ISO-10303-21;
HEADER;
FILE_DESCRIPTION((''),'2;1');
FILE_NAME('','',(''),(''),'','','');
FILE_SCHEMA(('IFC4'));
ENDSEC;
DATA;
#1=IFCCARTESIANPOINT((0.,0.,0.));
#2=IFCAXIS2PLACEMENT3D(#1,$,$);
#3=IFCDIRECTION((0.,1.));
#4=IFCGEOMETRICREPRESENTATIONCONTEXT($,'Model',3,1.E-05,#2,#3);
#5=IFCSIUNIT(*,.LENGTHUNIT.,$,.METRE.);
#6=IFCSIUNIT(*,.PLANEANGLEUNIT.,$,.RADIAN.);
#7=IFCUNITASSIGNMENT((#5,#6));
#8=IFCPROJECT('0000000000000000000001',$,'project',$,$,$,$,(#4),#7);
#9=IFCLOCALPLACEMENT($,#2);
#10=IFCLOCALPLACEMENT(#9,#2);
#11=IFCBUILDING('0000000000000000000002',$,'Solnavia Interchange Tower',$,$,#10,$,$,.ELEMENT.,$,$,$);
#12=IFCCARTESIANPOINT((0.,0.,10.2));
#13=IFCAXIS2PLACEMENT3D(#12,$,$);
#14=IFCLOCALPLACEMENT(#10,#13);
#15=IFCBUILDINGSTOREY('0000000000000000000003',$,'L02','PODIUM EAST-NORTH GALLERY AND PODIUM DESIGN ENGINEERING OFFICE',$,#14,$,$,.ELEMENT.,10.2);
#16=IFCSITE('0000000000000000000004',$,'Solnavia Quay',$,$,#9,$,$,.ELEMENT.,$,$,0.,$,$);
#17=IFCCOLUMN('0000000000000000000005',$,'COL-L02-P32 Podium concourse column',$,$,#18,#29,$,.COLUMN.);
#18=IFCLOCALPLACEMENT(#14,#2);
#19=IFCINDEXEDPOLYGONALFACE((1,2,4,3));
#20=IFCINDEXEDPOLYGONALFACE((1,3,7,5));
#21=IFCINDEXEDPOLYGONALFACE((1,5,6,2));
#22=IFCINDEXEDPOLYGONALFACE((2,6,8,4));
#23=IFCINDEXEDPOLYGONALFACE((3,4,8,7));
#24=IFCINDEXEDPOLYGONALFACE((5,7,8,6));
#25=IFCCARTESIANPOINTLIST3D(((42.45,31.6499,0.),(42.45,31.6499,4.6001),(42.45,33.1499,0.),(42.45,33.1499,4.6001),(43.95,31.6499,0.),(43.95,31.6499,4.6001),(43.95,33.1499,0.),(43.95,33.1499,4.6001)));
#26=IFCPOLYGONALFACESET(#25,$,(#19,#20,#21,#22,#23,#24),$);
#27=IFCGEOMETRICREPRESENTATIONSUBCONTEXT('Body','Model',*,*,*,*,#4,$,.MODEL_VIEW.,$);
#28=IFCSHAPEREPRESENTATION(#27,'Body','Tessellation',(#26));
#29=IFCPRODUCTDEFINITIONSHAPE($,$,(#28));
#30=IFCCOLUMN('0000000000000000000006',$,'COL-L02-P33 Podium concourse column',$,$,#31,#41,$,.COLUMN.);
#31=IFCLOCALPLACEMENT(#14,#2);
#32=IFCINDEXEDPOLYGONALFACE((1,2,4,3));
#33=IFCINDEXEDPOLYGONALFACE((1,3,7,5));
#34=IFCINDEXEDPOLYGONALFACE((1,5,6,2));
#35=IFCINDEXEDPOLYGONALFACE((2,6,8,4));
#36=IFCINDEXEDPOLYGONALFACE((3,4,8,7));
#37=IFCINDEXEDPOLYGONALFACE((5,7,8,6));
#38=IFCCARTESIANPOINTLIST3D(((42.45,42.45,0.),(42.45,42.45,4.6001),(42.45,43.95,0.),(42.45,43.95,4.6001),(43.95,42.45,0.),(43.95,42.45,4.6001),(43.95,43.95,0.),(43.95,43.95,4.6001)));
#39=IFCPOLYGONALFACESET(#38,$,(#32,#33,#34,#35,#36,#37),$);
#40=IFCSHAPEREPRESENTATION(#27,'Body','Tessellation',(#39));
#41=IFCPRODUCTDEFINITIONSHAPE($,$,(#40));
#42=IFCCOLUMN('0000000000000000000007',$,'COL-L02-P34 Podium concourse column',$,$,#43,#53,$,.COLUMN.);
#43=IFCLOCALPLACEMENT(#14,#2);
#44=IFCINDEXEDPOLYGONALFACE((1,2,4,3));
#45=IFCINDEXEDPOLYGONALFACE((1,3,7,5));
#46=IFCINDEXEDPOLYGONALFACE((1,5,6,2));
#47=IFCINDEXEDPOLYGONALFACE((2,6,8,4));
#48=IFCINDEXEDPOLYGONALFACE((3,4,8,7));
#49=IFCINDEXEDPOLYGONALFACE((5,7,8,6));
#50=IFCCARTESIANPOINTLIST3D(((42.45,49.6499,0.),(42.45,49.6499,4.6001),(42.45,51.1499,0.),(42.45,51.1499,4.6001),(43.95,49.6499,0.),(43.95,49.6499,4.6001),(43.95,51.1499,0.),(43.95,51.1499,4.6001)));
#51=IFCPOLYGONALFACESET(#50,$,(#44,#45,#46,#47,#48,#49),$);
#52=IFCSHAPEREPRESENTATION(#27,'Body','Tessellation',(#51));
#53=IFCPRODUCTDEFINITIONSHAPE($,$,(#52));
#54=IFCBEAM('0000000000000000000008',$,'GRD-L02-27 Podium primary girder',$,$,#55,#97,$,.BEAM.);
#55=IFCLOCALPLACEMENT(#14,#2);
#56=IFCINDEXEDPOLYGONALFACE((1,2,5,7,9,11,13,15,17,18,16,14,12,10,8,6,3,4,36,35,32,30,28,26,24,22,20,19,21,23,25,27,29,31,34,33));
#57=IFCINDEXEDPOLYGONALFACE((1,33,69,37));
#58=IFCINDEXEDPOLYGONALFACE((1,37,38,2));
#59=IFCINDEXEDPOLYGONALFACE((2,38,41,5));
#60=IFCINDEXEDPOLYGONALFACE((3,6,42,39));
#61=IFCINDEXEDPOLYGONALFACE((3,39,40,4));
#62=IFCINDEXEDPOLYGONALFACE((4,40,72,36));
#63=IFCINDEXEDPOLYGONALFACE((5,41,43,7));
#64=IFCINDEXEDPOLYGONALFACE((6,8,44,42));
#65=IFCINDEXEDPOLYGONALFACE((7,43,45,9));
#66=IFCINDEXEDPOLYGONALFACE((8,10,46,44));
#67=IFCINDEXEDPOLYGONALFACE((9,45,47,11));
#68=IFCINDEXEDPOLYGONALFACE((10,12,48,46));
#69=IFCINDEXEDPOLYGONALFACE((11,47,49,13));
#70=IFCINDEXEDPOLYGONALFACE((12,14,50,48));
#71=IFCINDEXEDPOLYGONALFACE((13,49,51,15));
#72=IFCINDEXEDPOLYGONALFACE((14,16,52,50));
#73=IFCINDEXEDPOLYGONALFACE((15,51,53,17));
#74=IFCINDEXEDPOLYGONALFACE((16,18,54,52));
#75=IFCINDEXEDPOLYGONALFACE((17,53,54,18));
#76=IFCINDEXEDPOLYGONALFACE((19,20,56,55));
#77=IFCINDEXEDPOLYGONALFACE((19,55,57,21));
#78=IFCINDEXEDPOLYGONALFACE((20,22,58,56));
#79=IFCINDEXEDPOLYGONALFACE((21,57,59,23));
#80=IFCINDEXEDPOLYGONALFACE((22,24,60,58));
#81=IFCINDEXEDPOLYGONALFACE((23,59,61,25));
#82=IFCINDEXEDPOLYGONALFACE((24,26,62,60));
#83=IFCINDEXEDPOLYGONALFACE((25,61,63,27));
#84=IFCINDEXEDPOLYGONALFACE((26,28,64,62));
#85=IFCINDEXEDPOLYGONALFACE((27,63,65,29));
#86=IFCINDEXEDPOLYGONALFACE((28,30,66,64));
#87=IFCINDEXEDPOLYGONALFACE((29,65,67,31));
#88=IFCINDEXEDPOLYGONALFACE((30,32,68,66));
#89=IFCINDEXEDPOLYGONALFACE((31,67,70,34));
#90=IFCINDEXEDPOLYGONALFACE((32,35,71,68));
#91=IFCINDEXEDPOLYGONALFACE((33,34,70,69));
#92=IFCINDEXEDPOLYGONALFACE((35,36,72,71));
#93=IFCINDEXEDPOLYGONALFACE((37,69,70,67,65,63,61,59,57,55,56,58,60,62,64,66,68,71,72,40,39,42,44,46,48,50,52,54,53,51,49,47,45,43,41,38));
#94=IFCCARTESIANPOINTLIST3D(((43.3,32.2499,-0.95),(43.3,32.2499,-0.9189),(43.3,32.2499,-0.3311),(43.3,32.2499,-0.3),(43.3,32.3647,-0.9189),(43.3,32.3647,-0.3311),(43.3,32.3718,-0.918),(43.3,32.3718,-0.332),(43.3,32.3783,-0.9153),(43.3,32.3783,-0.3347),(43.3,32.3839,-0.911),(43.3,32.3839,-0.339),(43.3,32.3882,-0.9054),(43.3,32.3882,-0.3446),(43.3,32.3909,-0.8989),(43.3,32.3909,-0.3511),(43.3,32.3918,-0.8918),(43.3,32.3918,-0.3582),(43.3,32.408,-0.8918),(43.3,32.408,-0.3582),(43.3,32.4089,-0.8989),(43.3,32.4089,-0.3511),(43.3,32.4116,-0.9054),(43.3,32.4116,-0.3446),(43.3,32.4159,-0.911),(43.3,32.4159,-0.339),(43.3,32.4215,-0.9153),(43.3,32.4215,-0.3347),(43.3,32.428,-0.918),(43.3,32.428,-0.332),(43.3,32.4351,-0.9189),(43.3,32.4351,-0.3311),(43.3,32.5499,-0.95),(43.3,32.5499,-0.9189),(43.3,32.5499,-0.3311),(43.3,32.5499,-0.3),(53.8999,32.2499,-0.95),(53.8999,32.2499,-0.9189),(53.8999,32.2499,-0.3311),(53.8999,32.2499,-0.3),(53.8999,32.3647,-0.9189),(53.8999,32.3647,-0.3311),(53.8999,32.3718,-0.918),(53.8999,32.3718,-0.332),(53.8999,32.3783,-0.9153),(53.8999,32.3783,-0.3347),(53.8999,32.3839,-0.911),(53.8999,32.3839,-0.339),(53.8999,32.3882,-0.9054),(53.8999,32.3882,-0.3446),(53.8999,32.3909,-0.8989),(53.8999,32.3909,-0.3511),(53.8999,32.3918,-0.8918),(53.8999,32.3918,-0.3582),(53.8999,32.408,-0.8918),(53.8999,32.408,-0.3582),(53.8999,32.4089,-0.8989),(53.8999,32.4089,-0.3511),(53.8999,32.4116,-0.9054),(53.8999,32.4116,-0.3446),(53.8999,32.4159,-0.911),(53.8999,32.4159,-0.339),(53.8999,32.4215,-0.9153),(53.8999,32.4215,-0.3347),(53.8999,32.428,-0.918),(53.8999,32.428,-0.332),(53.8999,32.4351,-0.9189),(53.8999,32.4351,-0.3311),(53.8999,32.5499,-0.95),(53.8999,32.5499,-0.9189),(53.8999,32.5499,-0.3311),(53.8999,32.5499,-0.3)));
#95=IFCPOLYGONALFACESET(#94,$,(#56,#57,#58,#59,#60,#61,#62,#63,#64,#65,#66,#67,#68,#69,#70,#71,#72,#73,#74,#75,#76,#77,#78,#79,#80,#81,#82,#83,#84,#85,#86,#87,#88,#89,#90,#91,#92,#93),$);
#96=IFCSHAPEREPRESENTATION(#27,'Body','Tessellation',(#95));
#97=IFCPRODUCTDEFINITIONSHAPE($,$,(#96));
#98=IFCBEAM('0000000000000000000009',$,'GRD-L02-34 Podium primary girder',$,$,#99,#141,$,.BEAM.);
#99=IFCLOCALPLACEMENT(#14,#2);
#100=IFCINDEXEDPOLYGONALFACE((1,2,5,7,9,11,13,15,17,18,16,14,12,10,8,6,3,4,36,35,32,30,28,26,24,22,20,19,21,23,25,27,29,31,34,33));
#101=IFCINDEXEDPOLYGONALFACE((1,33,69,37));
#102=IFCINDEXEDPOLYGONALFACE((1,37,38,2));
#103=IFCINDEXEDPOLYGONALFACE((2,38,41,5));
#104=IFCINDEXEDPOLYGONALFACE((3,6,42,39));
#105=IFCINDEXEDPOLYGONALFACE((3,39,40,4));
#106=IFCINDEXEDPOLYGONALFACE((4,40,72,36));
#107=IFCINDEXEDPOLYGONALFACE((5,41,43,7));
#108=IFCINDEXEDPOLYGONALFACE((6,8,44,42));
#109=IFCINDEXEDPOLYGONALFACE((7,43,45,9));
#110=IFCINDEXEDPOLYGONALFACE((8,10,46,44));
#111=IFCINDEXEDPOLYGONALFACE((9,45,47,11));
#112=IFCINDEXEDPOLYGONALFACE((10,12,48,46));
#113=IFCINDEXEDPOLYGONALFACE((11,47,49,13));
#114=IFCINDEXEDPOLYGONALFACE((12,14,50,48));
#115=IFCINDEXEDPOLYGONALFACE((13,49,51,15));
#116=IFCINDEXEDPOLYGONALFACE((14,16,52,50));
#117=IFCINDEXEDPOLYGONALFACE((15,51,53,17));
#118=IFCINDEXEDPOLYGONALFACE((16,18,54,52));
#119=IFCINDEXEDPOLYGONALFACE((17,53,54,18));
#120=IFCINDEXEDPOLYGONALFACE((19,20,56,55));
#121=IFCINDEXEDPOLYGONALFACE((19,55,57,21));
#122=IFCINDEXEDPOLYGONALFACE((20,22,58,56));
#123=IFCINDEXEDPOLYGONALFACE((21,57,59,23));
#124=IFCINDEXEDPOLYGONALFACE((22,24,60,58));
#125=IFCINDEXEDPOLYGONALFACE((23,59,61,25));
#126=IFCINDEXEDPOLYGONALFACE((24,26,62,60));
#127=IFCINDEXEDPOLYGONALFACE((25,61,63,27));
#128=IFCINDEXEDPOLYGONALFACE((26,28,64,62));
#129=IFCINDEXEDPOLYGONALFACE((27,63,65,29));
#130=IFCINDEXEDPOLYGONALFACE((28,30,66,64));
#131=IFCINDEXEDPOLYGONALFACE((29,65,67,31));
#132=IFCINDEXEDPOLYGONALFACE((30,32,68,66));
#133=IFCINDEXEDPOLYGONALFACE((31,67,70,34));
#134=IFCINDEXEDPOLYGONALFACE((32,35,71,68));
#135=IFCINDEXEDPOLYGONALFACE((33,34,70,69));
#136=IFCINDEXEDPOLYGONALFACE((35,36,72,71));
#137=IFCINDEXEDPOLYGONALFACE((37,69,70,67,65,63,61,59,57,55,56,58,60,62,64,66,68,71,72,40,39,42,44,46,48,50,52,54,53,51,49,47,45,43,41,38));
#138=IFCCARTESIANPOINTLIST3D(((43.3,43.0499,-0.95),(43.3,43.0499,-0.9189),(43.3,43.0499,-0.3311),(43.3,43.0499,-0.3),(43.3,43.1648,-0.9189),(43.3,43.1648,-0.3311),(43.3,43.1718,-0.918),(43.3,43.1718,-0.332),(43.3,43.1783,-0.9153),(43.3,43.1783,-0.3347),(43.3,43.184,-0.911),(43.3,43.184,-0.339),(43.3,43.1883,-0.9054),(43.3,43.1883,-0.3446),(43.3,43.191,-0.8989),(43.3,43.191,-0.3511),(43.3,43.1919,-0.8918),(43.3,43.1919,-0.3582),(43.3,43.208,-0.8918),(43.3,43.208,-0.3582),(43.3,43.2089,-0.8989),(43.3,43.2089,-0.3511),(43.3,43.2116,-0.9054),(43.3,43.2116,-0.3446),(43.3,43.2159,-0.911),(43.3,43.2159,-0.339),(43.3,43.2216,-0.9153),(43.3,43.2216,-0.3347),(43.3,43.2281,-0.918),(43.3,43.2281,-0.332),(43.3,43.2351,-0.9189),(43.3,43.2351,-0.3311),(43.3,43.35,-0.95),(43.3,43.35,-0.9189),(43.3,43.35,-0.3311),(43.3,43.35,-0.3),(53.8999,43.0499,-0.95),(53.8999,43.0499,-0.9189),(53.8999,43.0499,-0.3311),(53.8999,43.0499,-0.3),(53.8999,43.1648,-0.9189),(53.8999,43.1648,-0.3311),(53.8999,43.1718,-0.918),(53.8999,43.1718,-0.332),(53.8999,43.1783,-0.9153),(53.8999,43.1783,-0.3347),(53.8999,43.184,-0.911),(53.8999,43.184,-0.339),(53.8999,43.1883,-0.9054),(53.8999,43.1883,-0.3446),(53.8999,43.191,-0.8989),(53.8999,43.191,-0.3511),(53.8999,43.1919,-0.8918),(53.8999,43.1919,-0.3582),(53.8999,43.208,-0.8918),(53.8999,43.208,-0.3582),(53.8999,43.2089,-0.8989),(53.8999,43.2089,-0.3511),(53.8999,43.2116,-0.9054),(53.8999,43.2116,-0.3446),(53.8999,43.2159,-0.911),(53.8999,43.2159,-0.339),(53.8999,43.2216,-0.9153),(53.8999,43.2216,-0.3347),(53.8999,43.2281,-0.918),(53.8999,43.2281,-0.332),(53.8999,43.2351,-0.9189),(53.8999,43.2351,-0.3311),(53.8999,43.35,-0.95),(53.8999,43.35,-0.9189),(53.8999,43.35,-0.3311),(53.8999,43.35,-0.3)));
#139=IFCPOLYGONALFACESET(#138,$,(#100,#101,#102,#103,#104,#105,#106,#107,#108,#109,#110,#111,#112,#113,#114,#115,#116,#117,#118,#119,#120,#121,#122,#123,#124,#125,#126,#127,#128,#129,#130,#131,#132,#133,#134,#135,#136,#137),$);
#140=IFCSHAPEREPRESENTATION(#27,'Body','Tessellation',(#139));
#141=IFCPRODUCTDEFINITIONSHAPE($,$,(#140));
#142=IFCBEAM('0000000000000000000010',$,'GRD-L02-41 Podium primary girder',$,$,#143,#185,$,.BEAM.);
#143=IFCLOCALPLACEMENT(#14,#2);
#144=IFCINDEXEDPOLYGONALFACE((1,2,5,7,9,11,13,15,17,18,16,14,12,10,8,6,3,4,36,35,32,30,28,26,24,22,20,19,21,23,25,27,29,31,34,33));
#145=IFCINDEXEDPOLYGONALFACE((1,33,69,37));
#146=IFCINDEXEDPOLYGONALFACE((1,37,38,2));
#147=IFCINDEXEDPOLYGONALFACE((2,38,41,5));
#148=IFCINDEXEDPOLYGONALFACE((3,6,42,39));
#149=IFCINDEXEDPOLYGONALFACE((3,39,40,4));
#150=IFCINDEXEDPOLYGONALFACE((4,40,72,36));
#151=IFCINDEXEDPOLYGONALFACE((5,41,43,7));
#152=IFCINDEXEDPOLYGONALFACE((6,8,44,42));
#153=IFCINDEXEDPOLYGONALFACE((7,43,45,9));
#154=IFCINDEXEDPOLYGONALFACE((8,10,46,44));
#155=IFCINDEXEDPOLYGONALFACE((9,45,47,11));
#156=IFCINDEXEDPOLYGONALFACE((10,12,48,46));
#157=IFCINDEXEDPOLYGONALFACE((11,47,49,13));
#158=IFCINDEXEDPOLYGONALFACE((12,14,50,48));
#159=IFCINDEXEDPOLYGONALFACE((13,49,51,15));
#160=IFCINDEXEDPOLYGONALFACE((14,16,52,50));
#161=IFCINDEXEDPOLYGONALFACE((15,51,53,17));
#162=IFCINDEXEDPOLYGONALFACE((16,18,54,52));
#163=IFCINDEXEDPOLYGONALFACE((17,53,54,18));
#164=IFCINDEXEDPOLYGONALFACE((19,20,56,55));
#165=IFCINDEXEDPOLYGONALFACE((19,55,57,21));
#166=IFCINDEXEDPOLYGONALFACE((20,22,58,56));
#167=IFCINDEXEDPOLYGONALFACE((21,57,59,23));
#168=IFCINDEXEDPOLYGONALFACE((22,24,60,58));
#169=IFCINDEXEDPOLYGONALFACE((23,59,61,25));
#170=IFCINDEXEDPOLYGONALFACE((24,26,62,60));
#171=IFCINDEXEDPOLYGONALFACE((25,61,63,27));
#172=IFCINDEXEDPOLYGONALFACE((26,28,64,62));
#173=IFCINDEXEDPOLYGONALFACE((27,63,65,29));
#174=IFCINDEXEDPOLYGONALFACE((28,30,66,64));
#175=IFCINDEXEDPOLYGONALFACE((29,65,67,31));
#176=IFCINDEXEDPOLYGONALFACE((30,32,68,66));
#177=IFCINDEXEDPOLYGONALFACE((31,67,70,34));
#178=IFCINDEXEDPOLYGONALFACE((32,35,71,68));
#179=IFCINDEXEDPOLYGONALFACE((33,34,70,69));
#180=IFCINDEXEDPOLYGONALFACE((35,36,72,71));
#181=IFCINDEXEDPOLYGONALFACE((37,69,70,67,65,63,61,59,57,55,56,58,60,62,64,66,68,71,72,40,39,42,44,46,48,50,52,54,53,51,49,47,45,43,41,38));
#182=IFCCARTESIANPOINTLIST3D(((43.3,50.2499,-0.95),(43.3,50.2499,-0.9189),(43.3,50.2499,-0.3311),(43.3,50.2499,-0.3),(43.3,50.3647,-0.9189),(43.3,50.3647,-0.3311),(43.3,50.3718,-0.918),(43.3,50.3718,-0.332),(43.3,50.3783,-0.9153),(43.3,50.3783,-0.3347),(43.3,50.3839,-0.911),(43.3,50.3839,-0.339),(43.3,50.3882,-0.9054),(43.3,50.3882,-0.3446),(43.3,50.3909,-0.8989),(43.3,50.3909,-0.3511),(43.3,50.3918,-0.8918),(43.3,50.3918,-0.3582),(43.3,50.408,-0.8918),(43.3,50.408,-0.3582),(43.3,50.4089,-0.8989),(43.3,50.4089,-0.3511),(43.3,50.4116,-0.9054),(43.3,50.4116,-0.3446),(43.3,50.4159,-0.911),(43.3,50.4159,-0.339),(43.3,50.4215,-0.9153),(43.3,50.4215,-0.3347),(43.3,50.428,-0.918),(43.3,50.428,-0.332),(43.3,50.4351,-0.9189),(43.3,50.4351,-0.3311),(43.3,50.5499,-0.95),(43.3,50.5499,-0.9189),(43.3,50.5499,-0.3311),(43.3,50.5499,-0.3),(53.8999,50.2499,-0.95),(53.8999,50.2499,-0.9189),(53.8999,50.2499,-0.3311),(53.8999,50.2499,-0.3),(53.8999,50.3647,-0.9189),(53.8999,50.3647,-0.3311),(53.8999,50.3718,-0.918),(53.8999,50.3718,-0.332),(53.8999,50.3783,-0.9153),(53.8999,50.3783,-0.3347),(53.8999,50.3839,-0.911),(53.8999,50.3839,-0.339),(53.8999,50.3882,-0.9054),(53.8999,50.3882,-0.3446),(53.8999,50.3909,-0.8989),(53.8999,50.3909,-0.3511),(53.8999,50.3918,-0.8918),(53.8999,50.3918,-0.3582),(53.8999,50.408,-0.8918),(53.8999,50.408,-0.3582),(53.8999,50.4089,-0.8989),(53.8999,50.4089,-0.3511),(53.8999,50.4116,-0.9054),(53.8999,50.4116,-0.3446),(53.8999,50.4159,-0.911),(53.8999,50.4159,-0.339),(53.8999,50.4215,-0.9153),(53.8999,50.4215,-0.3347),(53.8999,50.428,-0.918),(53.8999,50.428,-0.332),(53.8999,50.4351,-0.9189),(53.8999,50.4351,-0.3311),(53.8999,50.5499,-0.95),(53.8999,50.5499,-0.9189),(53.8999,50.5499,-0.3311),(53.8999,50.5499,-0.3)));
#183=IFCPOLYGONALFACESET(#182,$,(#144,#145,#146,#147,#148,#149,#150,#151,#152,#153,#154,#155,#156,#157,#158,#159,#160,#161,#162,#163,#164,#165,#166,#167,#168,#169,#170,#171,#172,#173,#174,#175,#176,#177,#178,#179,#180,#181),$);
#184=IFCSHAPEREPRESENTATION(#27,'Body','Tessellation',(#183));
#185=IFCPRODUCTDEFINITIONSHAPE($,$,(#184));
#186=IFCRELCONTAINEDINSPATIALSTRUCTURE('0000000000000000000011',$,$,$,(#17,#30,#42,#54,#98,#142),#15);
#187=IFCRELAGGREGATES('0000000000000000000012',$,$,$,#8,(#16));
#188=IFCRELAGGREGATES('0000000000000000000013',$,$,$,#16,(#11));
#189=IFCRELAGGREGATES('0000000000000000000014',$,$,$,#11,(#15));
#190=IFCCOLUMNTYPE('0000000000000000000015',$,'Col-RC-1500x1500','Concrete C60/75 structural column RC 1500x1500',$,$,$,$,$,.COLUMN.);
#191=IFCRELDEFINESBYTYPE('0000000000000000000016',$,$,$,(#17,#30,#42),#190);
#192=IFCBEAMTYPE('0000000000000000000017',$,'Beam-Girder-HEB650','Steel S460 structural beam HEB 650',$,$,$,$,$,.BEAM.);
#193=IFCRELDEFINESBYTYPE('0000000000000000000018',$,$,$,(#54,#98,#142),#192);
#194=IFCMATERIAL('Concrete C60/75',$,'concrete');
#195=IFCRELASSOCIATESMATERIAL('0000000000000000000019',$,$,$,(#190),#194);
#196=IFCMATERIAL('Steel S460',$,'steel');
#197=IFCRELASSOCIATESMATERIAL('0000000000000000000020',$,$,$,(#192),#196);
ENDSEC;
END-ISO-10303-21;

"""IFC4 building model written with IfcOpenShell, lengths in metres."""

from ifc_helpers import new_model, si_unit, direction, frame, origin, origin_2d, place, context, subcontext, project, spatial, rectangle, i_section, extrude, material, material_profile, profile_set, type_object, element, save


model = new_model("IFC4")

# Units and contexts
model_context = context("Model", 3, precision=1e-05, world=origin(), true_north=direction((0.0, 1.0)))
body_context = subcontext(model_context, "Body", "Model", "MODEL_VIEW")
ifc_project = project(units=[si_unit("LENGTHUNIT", "METRE"), si_unit("PLANEANGLEUNIT", "RADIAN")], contexts=[model_context])

# Site, building, storey
site_placement = place(None, origin())
site = spatial("IfcSite", under=ifc_project, at=site_placement, Name="Solnavia Quay", CompositionType="ELEMENT", RefElevation=0.0)
building_placement = place(site_placement, origin())
building = spatial("IfcBuilding", under=site, at=building_placement, Name="Solnavia Interchange Tower", CompositionType="ELEMENT")
storey_placement = place(building_placement, frame((0.0, 0.0, 10.2)))
storey = spatial("IfcBuildingStorey", under=building, at=storey_placement, Name="L02", Description="PODIUM EAST-NORTH GALLERY AND PODIUM DESIGN ENGINEERING OFFICE", CompositionType="ELEMENT", Elevation=10.2)

# Columns
ifc_material_1 = material(Name="Concrete C60/75", Category="concrete")
ifc_material_profile_1 = material_profile(ifc_material_1, rectangle(XDim=1.5, YDim=1.5, at=origin_2d()), Name="RC 1500x1500")
ifc_profile_set_1 = profile_set([ifc_material_profile_1], Name="Concrete C60/75")
column_type = type_object("IfcColumnType", Name="Col-RC-1500x1500", Description="Concrete C60/75 structural column RC 1500x1500", PredefinedType="COLUMN", material=ifc_profile_set_1)
for number, where, z_axis, x_axis, name in (
    (1, (43.2, 32.3999, 0.0), (0.0, 0.0, 1.0), (1.0, 0.0, 0.0), "COL-L02-P32 Podium concourse column"),
    (2, (43.2, 43.2, 0.0), (0.0, 0.0, 1.0), (1.0, 0.0, 0.0), "COL-L02-P33 Podium concourse column"),
    (3, (43.2, 50.3999, 0.0), (0.0, 0.0, 1.0), (1.0, 0.0, 0.0), "COL-L02-P34 Podium concourse column"),
):
    element("IfcColumn", number, at=place(storey_placement, frame(where, z_axis=z_axis, x_axis=x_axis)), inside=storey, type_object=column_type, Name=name, PredefinedType="COLUMN", context=body_context, shape_type="SweptSolid", body=[
        extrude(rectangle(XDim=1.5, YDim=1.5, at=origin_2d()), origin(), (0.0, 0.0, 1.0), 4.6001),
    ])

# Beams
ifc_material_2 = material(Name="Steel S460", Category="steel")
ifc_material_profile_2 = material_profile(ifc_material_2, i_section(OverallWidth=0.3, OverallDepth=0.6499, WebThickness=0.0161, FlangeThickness=0.031, FilletRadius=0.0271, at=origin_2d()), Name="HEB 650")
ifc_profile_set_2 = profile_set([ifc_material_profile_2], Name="Steel S460")
beam_type_1 = type_object("IfcBeamType", Name="Beam-Girder-HEB650", Description="Steel S460 structural beam HEB 650", PredefinedType="BEAM", material=ifc_profile_set_2)
for number, where, z_axis, x_axis, name in (
    (4, (43.3, 32.3999, -0.625), (1.0, 0.0, 0.0), (0.0, 1.0, 0.0), "GRD-L02-27 Podium primary girder"),
    (5, (43.3, 43.2, -0.625), (1.0, 0.0, 0.0), (0.0, 1.0, 0.0), "GRD-L02-34 Podium primary girder"),
    (6, (43.3, 50.3999, -0.625), (1.0, 0.0, 0.0), (0.0, 1.0, 0.0), "GRD-L02-41 Podium primary girder"),
):
    element("IfcBeam", number, at=place(storey_placement, frame(where, z_axis=z_axis, x_axis=x_axis)), inside=storey, type_object=beam_type_1, Name=name, PredefinedType="BEAM", context=body_context, shape_type="SweptSolid", body=[
        extrude(i_section(OverallWidth=0.3, OverallDepth=0.6499, WebThickness=0.0161, FlangeThickness=0.031, FilletRadius=0.0271, at=origin_2d()), origin(), (0.0, 0.0, 1.0), 10.5999),
    ])

save(model, "model.ifc")
